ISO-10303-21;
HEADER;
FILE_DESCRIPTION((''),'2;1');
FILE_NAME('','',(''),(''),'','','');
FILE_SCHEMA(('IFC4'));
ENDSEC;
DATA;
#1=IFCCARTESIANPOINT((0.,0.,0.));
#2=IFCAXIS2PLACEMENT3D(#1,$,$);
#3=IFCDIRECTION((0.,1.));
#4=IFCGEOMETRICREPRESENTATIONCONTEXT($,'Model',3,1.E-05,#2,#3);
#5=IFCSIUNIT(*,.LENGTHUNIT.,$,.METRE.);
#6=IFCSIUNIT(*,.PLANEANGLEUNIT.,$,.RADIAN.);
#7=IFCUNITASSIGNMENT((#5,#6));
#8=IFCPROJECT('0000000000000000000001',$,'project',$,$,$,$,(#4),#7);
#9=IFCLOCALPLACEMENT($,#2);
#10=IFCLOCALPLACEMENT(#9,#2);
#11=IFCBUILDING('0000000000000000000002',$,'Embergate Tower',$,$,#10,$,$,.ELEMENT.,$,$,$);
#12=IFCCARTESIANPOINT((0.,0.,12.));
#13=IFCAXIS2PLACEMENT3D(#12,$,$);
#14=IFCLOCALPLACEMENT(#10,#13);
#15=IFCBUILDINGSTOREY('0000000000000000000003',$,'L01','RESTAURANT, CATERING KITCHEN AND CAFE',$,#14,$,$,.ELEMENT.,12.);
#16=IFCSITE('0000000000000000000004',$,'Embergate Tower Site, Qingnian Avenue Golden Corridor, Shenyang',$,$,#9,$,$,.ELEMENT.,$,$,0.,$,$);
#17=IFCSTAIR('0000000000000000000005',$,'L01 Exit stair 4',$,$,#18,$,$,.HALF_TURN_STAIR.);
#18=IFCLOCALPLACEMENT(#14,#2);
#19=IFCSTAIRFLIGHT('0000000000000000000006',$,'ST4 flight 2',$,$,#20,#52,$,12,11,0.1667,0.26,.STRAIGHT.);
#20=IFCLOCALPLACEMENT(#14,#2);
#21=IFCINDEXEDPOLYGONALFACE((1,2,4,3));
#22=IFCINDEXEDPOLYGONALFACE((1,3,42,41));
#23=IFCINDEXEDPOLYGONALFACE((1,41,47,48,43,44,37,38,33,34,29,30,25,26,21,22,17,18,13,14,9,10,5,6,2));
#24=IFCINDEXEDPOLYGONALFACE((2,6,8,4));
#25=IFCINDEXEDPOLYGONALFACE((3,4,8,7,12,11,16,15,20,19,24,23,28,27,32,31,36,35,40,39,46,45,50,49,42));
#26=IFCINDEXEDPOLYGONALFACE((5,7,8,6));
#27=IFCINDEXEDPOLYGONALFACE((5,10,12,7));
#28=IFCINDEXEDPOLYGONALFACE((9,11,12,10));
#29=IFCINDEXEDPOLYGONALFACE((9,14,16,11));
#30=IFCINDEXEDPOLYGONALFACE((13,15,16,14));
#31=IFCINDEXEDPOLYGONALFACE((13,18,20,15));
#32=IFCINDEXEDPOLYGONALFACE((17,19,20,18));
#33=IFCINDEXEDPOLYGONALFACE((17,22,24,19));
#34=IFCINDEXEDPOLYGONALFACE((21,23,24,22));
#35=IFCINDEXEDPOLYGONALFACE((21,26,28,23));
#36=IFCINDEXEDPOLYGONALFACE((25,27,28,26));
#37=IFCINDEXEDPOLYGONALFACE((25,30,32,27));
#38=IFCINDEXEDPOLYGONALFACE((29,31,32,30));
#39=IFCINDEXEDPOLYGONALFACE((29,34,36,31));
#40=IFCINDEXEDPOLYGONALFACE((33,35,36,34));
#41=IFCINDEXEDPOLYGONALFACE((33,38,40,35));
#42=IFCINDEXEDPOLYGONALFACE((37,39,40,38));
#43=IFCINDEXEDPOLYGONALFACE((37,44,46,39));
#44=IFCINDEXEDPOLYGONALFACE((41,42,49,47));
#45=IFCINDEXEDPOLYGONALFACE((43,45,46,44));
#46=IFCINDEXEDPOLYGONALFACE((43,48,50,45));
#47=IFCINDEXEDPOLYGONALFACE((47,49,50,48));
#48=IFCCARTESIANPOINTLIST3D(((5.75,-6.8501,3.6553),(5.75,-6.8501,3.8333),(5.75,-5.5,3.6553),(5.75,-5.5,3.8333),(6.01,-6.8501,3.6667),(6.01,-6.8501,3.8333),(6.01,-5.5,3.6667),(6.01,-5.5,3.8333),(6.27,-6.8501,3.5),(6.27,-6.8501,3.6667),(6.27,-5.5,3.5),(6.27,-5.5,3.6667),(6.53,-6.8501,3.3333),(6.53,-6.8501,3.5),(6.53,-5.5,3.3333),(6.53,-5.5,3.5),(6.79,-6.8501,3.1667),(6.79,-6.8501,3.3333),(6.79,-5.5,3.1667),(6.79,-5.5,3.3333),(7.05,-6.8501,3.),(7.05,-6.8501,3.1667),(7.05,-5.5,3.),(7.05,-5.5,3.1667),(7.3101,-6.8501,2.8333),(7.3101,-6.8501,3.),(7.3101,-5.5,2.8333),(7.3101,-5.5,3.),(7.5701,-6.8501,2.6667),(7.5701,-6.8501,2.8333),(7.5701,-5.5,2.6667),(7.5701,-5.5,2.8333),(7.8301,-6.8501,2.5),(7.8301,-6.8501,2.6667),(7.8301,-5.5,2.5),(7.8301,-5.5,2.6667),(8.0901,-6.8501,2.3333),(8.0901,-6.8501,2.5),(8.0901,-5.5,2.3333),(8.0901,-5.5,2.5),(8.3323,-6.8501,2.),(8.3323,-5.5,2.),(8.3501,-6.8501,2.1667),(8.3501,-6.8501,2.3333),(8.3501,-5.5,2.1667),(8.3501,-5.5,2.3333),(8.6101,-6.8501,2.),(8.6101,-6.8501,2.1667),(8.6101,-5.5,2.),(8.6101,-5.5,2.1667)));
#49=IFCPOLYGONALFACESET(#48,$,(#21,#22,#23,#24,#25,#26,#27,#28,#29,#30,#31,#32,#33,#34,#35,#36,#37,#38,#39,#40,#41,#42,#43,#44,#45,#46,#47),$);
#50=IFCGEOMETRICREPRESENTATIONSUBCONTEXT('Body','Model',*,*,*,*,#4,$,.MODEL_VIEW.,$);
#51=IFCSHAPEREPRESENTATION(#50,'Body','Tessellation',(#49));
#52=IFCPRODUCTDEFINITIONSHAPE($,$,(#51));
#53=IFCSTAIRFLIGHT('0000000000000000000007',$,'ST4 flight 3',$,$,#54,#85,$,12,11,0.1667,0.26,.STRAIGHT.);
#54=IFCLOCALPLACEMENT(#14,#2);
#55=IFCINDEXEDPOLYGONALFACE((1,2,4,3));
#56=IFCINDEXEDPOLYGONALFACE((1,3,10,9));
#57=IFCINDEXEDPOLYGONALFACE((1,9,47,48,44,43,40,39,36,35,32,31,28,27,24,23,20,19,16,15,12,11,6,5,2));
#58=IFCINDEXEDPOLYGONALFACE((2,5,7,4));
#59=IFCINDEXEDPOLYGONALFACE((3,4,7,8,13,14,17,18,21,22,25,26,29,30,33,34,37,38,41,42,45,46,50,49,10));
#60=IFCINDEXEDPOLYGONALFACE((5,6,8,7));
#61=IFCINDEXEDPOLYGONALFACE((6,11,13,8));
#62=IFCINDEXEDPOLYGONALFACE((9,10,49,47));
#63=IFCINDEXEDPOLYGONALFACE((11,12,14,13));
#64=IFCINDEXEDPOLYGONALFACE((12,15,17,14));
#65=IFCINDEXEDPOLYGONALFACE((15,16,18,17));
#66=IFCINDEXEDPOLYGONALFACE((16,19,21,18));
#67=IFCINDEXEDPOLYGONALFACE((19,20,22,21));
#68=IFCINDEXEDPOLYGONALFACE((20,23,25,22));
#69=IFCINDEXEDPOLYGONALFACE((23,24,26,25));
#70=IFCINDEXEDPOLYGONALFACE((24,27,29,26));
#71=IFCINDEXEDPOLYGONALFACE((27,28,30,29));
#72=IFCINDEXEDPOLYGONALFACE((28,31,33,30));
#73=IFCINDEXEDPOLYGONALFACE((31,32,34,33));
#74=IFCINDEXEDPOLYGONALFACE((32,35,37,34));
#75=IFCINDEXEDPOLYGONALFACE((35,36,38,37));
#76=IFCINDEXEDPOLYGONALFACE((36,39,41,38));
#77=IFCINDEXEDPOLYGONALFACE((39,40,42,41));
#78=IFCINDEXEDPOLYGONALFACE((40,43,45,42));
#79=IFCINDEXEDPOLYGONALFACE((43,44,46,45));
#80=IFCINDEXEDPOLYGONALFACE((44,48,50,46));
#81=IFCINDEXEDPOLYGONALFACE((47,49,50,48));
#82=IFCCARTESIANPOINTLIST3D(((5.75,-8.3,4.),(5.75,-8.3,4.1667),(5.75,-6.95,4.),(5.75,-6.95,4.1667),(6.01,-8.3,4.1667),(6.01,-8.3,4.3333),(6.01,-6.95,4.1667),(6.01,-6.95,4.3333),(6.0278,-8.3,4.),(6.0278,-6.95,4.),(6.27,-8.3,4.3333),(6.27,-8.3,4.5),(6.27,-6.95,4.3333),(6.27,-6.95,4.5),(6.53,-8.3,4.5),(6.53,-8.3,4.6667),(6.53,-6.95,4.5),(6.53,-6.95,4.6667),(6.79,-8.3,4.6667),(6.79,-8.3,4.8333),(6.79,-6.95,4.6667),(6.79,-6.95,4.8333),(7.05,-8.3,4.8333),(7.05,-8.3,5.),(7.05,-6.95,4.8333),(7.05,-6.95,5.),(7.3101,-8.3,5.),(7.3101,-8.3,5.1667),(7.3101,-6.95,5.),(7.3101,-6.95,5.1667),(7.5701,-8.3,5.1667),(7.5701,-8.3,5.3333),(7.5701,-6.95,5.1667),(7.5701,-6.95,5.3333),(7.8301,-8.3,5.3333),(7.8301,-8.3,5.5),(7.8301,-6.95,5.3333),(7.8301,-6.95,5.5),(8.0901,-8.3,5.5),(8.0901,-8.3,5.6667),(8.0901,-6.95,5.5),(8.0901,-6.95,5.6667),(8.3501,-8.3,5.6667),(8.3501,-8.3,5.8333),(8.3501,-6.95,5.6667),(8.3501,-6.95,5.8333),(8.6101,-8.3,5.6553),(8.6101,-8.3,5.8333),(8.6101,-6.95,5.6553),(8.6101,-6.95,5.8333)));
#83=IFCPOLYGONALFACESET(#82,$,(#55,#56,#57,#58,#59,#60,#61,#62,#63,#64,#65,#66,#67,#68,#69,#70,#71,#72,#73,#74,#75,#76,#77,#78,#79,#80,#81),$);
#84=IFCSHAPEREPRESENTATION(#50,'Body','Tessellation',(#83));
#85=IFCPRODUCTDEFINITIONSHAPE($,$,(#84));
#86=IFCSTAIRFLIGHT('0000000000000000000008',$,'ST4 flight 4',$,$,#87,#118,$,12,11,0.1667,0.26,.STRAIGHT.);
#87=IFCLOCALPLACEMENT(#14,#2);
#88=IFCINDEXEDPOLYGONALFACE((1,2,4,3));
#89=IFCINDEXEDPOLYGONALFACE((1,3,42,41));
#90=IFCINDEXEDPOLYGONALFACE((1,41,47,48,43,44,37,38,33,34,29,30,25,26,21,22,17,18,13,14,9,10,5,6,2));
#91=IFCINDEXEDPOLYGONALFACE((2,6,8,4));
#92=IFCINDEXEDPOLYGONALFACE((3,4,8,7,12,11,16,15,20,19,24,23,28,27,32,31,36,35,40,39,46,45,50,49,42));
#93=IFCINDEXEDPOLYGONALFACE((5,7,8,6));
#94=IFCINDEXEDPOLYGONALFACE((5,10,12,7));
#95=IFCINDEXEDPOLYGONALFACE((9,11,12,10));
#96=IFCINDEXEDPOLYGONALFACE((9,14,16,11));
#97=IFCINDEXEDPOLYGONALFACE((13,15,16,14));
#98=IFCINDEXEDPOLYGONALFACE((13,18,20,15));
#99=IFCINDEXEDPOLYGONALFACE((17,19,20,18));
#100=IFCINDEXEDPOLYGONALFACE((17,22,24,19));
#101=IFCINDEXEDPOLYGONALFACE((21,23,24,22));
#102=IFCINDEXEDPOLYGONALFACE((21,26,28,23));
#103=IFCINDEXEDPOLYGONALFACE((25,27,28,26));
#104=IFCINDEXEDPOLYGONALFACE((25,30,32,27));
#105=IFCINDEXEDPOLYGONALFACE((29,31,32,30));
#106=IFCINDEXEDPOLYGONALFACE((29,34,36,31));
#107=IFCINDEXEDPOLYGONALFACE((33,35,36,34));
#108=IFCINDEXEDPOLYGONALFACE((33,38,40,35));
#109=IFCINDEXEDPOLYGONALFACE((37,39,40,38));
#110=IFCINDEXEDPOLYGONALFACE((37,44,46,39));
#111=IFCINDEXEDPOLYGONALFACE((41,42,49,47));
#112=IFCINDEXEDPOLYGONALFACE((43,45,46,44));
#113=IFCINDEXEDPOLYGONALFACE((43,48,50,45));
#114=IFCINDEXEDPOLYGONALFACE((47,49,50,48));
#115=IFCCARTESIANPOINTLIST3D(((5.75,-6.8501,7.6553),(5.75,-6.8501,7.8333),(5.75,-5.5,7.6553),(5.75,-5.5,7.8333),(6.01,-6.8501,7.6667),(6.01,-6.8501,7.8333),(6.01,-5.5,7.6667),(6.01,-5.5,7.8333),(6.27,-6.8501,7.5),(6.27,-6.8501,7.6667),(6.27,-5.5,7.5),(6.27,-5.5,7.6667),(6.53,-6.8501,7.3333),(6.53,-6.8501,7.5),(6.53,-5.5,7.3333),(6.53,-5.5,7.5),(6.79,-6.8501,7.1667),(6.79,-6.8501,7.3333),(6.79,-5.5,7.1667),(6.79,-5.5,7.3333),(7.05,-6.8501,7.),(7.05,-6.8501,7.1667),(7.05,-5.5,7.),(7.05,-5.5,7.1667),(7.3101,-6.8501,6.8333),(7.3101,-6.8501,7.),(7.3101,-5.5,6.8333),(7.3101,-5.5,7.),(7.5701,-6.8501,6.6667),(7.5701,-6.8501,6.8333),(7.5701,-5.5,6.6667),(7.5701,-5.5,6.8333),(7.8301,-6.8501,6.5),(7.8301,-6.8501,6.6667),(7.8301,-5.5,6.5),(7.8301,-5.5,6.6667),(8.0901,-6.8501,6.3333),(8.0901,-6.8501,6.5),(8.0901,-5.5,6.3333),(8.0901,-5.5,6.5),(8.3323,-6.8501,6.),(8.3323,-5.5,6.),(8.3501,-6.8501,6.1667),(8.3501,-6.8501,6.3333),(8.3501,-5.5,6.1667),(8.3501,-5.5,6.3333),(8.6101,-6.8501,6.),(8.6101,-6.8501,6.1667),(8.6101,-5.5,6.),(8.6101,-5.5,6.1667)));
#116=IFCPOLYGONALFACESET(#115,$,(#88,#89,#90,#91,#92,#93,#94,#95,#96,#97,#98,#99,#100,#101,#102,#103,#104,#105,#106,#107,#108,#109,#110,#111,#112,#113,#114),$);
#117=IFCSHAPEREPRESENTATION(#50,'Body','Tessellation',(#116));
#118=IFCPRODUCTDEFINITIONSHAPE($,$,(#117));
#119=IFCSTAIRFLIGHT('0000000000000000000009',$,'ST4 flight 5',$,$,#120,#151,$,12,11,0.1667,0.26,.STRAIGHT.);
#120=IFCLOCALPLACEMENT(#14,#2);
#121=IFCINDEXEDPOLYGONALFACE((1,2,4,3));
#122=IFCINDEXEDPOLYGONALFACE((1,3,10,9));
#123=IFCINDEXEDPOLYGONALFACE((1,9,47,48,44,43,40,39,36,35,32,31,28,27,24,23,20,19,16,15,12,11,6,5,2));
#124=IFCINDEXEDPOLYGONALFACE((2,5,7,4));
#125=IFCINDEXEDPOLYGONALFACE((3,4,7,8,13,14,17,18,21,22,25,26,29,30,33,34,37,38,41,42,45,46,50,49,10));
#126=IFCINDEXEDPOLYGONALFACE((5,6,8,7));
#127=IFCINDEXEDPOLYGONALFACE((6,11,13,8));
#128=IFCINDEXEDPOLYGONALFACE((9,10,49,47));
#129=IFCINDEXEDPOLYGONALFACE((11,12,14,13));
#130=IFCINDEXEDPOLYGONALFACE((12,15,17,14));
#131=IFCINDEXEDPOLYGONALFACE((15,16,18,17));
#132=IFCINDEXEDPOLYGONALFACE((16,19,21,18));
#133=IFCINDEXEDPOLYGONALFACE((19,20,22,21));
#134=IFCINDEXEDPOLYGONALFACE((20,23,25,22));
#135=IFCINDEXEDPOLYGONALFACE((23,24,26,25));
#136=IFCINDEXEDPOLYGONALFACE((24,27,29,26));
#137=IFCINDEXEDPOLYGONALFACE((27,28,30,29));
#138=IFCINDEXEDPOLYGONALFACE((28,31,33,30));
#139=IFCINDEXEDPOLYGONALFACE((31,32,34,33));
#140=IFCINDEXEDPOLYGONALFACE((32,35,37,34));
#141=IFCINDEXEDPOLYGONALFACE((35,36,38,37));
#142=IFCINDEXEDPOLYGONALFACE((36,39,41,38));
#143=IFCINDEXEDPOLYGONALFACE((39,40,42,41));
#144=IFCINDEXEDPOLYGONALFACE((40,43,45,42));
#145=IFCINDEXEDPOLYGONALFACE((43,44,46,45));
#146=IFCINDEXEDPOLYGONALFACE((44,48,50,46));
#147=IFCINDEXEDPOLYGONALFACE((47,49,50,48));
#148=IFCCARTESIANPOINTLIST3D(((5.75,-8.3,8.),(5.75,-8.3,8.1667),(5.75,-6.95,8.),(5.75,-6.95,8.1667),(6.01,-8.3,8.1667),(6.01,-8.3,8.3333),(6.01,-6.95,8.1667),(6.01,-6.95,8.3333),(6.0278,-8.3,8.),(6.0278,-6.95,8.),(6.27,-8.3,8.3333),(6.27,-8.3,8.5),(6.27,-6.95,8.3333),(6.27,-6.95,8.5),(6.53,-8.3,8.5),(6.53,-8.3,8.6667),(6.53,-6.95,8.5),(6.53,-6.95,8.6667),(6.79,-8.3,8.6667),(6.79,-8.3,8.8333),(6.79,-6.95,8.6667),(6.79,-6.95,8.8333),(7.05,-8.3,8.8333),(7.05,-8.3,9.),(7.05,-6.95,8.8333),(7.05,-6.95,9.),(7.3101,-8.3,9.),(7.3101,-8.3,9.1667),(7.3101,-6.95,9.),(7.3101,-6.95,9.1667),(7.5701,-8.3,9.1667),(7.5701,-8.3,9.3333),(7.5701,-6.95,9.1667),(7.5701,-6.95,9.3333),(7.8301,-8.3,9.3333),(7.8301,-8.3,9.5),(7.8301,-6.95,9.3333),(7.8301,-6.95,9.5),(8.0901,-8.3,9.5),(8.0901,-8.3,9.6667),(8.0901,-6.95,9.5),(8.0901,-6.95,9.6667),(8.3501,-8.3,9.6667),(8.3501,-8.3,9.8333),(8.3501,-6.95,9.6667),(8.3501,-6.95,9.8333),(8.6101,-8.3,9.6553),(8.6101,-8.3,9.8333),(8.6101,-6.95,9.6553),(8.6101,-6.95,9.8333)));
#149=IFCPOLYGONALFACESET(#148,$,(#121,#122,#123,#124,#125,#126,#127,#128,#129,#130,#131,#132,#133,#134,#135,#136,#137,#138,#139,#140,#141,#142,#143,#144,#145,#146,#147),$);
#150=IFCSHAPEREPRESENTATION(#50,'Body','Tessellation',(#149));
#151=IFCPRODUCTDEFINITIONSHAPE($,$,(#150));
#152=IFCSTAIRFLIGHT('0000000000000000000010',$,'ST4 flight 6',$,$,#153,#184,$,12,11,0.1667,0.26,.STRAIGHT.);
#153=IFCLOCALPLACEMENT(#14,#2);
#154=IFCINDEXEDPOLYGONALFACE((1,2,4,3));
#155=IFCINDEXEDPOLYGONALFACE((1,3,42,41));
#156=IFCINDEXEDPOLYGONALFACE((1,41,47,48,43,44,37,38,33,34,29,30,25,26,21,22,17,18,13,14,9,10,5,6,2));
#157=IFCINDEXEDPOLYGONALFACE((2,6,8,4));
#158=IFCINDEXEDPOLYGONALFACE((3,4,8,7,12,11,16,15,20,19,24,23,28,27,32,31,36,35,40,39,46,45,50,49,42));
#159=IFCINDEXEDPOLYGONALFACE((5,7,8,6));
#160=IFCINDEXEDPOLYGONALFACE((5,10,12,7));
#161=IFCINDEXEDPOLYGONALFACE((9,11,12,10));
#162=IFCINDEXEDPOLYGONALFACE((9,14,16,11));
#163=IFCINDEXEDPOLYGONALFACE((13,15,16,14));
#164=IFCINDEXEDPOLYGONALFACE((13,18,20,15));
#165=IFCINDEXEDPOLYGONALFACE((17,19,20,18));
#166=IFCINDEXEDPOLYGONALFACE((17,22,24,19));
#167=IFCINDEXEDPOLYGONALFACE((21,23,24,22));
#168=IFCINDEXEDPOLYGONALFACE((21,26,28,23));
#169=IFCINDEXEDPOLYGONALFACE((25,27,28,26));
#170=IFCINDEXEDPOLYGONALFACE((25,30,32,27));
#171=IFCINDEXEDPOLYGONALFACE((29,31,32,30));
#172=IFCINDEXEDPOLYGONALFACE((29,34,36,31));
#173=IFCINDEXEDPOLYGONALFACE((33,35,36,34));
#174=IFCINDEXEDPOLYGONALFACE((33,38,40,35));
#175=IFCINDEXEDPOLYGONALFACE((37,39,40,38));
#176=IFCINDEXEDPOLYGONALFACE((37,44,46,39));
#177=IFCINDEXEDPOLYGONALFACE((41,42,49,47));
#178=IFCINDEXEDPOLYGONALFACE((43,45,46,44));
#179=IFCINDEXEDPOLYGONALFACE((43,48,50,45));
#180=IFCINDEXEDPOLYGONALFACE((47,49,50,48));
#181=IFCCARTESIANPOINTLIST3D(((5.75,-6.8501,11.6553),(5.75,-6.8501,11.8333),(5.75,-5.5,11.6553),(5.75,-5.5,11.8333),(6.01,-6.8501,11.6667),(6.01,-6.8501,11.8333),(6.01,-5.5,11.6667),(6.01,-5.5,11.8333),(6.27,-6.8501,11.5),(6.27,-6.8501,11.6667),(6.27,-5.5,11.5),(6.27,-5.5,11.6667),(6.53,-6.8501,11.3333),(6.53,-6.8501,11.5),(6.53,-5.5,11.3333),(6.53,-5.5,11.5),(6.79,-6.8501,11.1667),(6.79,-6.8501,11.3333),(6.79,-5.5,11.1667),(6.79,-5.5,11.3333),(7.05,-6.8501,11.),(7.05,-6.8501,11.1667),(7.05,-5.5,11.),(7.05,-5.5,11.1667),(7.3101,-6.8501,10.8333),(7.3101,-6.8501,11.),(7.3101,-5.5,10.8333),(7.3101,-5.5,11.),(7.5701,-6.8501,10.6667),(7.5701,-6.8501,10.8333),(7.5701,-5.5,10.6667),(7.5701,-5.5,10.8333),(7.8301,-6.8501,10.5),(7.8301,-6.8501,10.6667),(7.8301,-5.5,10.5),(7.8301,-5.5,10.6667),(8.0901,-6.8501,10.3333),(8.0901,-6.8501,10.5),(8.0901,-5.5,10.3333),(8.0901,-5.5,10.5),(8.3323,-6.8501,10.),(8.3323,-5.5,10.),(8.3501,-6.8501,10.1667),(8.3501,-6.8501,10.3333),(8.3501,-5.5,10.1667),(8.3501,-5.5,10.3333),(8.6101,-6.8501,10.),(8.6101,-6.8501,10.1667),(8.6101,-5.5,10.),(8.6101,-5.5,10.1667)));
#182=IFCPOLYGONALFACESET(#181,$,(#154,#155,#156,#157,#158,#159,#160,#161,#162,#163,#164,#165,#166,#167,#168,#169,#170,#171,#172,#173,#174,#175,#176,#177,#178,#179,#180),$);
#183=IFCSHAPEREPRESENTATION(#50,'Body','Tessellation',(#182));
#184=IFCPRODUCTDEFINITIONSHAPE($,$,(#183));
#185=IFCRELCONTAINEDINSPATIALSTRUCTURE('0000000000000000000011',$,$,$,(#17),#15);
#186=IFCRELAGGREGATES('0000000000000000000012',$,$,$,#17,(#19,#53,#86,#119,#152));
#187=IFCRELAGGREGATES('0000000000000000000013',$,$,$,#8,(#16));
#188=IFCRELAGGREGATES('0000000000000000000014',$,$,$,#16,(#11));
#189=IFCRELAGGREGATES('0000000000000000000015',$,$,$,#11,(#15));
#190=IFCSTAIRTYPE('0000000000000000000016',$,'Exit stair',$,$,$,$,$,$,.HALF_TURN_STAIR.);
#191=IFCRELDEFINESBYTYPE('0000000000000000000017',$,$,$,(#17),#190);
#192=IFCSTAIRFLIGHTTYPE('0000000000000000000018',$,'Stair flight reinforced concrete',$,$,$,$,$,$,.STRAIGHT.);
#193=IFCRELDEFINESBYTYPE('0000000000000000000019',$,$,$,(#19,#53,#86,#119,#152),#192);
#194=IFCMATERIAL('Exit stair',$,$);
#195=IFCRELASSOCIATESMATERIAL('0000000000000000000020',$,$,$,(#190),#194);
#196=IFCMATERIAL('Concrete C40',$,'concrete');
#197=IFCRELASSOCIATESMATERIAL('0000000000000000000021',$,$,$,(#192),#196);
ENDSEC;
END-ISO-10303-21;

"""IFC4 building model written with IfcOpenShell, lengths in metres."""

from ifc_helpers import new_model, si_unit, direction, frame, origin, place, context, subcontext, project, spatial, polyline, outline, extrude, source, transform, mapped, material, type_object, element, aggregate, save


model = new_model("IFC4")

# Units and contexts
model_context = context("Model", 3, precision=1e-05, world=origin(), true_north=direction((0.0, 1.0)))
body_context = subcontext(model_context, "Body", "Model", "MODEL_VIEW")
ifc_project = project(units=[si_unit("LENGTHUNIT", "METRE"), si_unit("PLANEANGLEUNIT", "RADIAN")], contexts=[model_context])

# Site, building, storey
site_placement = place(None, origin())
site = spatial("IfcSite", under=ifc_project, at=site_placement, Name="Embergate Tower Site, Qingnian Avenue Golden Corridor, Shenyang", CompositionType="ELEMENT", RefElevation=0.0)
building_placement = place(site_placement, origin())
building = spatial("IfcBuilding", under=site, at=building_placement, Name="Embergate Tower", CompositionType="ELEMENT")
storey_placement = place(building_placement, frame((0.0, 0.0, 12.0)))
storey = spatial("IfcBuildingStorey", under=building, at=storey_placement, Name="L01", Description="RESTAURANT, CATERING KITCHEN AND CAFE", CompositionType="ELEMENT", Elevation=12.0)

# Stair
ifc_material_1 = material(Name="Exit stair")
stair_type = type_object("IfcStairType", Name="Exit stair", PredefinedType="HALF_TURN_STAIR", material=ifc_material_1)
stair_placement = place(storey_placement, origin())
stair = element("IfcStair", 1, at=stair_placement, inside=storey, type_object=stair_type, Name="L01 Exit stair 4", PredefinedType="HALF_TURN_STAIR")
ifc_material_2 = material(Name="Concrete C40", Category="concrete")

# Stair flights
stair_flight_type = type_object("IfcStairFlightType", Name="Stair flight reinforced concrete", PredefinedType="STRAIGHT", material=ifc_material_2)
shared_shape_1 = source(origin(), body_context, "Body", "SweptSolid", [
    extrude(outline(polyline([(0.0, 0.0), (0.0, 0.1667), (0.26, 0.1667), (0.26, 0.3333), (0.52, 0.3333), (0.52, 0.5), (0.78, 0.5), (0.78, 0.6667), (1.04, 0.6667), (1.04, 0.8333), (1.3, 0.8333), (1.3, 1.0), (1.5601, 1.0), (1.5601, 1.1667), (1.8201, 1.1667), (1.8201, 1.3333), (2.0801, 1.3333), (2.0801, 1.5), (2.3401, 1.5), (2.3401, 1.6667), (2.6001, 1.6667), (2.6001, 1.8333), (2.8601, 1.8333), (2.8601, 2.0), (2.8601, 1.6553), (0.2778, 0.0), (0.0, 0.0)])), frame((0.0, 0.675, 0.0), z_axis=(0.0, -1.0, 0.0), x_axis=(1.0, 0.0, 0.0)), (0.0, 0.0, 1.0), 1.3501),
])
stair_flight_1_placement = place(storey_placement, frame((8.6101, -6.175, 2.0), z_axis=(0.0, 0.0, 1.0), x_axis=(-1.0, 0.0, 0.0)))
stair_flight_1 = element("IfcStairFlight", 2, at=stair_flight_1_placement, type_object=stair_flight_type, Name="ST4 flight 2", NumberOfRisers=12, NumberOfTreads=11, PredefinedType="STRAIGHT", RiserHeight=0.1667, TreadLength=0.26, context=body_context, shape_type="MappedRepresentation", body=[
    mapped(shared_shape_1, transform((0.0, 0.0, 0.0))),
])
stair_flight_2_placement = place(storey_placement, frame((5.75, -7.625, 4.0), z_axis=(0.0, 0.0, 1.0), x_axis=(1.0, 0.0, 0.0)))
stair_flight_2 = element("IfcStairFlight", 3, at=stair_flight_2_placement, type_object=stair_flight_type, Name="ST4 flight 3", NumberOfRisers=12, NumberOfTreads=11, PredefinedType="STRAIGHT", RiserHeight=0.1667, TreadLength=0.26, context=body_context, shape_type="MappedRepresentation", body=[
    mapped(shared_shape_1, transform((0.0, 0.0, 0.0))),
])
stair_flight_3_placement = place(storey_placement, frame((8.6101, -6.175, 6.0), z_axis=(0.0, 0.0, 1.0), x_axis=(-1.0, 0.0, 0.0)))
stair_flight_3 = element("IfcStairFlight", 4, at=stair_flight_3_placement, type_object=stair_flight_type, Name="ST4 flight 4", NumberOfRisers=12, NumberOfTreads=11, PredefinedType="STRAIGHT", RiserHeight=0.1667, TreadLength=0.26, context=body_context, shape_type="MappedRepresentation", body=[
    mapped(shared_shape_1, transform((0.0, 0.0, 0.0))),
])
stair_flight_4_placement = place(storey_placement, frame((5.75, -7.625, 8.0), z_axis=(0.0, 0.0, 1.0), x_axis=(1.0, 0.0, 0.0)))
stair_flight_4 = element("IfcStairFlight", 5, at=stair_flight_4_placement, type_object=stair_flight_type, Name="ST4 flight 5", NumberOfRisers=12, NumberOfTreads=11, PredefinedType="STRAIGHT", RiserHeight=0.1667, TreadLength=0.26, context=body_context, shape_type="MappedRepresentation", body=[
    mapped(shared_shape_1, transform((0.0, 0.0, 0.0))),
])
stair_flight_5_placement = place(storey_placement, frame((8.6101, -6.175, 10.0), z_axis=(0.0, 0.0, 1.0), x_axis=(-1.0, 0.0, 0.0)))
stair_flight_5 = element("IfcStairFlight", 6, at=stair_flight_5_placement, type_object=stair_flight_type, Name="ST4 flight 6", NumberOfRisers=12, NumberOfTreads=11, PredefinedType="STRAIGHT", RiserHeight=0.1667, TreadLength=0.26, context=body_context, shape_type="MappedRepresentation", body=[
    mapped(shared_shape_1, transform((0.0, 0.0, 0.0))),
])
aggregate(stair, [stair_flight_1, stair_flight_2, stair_flight_3, stair_flight_4, stair_flight_5])

save(model, "model.ifc")
